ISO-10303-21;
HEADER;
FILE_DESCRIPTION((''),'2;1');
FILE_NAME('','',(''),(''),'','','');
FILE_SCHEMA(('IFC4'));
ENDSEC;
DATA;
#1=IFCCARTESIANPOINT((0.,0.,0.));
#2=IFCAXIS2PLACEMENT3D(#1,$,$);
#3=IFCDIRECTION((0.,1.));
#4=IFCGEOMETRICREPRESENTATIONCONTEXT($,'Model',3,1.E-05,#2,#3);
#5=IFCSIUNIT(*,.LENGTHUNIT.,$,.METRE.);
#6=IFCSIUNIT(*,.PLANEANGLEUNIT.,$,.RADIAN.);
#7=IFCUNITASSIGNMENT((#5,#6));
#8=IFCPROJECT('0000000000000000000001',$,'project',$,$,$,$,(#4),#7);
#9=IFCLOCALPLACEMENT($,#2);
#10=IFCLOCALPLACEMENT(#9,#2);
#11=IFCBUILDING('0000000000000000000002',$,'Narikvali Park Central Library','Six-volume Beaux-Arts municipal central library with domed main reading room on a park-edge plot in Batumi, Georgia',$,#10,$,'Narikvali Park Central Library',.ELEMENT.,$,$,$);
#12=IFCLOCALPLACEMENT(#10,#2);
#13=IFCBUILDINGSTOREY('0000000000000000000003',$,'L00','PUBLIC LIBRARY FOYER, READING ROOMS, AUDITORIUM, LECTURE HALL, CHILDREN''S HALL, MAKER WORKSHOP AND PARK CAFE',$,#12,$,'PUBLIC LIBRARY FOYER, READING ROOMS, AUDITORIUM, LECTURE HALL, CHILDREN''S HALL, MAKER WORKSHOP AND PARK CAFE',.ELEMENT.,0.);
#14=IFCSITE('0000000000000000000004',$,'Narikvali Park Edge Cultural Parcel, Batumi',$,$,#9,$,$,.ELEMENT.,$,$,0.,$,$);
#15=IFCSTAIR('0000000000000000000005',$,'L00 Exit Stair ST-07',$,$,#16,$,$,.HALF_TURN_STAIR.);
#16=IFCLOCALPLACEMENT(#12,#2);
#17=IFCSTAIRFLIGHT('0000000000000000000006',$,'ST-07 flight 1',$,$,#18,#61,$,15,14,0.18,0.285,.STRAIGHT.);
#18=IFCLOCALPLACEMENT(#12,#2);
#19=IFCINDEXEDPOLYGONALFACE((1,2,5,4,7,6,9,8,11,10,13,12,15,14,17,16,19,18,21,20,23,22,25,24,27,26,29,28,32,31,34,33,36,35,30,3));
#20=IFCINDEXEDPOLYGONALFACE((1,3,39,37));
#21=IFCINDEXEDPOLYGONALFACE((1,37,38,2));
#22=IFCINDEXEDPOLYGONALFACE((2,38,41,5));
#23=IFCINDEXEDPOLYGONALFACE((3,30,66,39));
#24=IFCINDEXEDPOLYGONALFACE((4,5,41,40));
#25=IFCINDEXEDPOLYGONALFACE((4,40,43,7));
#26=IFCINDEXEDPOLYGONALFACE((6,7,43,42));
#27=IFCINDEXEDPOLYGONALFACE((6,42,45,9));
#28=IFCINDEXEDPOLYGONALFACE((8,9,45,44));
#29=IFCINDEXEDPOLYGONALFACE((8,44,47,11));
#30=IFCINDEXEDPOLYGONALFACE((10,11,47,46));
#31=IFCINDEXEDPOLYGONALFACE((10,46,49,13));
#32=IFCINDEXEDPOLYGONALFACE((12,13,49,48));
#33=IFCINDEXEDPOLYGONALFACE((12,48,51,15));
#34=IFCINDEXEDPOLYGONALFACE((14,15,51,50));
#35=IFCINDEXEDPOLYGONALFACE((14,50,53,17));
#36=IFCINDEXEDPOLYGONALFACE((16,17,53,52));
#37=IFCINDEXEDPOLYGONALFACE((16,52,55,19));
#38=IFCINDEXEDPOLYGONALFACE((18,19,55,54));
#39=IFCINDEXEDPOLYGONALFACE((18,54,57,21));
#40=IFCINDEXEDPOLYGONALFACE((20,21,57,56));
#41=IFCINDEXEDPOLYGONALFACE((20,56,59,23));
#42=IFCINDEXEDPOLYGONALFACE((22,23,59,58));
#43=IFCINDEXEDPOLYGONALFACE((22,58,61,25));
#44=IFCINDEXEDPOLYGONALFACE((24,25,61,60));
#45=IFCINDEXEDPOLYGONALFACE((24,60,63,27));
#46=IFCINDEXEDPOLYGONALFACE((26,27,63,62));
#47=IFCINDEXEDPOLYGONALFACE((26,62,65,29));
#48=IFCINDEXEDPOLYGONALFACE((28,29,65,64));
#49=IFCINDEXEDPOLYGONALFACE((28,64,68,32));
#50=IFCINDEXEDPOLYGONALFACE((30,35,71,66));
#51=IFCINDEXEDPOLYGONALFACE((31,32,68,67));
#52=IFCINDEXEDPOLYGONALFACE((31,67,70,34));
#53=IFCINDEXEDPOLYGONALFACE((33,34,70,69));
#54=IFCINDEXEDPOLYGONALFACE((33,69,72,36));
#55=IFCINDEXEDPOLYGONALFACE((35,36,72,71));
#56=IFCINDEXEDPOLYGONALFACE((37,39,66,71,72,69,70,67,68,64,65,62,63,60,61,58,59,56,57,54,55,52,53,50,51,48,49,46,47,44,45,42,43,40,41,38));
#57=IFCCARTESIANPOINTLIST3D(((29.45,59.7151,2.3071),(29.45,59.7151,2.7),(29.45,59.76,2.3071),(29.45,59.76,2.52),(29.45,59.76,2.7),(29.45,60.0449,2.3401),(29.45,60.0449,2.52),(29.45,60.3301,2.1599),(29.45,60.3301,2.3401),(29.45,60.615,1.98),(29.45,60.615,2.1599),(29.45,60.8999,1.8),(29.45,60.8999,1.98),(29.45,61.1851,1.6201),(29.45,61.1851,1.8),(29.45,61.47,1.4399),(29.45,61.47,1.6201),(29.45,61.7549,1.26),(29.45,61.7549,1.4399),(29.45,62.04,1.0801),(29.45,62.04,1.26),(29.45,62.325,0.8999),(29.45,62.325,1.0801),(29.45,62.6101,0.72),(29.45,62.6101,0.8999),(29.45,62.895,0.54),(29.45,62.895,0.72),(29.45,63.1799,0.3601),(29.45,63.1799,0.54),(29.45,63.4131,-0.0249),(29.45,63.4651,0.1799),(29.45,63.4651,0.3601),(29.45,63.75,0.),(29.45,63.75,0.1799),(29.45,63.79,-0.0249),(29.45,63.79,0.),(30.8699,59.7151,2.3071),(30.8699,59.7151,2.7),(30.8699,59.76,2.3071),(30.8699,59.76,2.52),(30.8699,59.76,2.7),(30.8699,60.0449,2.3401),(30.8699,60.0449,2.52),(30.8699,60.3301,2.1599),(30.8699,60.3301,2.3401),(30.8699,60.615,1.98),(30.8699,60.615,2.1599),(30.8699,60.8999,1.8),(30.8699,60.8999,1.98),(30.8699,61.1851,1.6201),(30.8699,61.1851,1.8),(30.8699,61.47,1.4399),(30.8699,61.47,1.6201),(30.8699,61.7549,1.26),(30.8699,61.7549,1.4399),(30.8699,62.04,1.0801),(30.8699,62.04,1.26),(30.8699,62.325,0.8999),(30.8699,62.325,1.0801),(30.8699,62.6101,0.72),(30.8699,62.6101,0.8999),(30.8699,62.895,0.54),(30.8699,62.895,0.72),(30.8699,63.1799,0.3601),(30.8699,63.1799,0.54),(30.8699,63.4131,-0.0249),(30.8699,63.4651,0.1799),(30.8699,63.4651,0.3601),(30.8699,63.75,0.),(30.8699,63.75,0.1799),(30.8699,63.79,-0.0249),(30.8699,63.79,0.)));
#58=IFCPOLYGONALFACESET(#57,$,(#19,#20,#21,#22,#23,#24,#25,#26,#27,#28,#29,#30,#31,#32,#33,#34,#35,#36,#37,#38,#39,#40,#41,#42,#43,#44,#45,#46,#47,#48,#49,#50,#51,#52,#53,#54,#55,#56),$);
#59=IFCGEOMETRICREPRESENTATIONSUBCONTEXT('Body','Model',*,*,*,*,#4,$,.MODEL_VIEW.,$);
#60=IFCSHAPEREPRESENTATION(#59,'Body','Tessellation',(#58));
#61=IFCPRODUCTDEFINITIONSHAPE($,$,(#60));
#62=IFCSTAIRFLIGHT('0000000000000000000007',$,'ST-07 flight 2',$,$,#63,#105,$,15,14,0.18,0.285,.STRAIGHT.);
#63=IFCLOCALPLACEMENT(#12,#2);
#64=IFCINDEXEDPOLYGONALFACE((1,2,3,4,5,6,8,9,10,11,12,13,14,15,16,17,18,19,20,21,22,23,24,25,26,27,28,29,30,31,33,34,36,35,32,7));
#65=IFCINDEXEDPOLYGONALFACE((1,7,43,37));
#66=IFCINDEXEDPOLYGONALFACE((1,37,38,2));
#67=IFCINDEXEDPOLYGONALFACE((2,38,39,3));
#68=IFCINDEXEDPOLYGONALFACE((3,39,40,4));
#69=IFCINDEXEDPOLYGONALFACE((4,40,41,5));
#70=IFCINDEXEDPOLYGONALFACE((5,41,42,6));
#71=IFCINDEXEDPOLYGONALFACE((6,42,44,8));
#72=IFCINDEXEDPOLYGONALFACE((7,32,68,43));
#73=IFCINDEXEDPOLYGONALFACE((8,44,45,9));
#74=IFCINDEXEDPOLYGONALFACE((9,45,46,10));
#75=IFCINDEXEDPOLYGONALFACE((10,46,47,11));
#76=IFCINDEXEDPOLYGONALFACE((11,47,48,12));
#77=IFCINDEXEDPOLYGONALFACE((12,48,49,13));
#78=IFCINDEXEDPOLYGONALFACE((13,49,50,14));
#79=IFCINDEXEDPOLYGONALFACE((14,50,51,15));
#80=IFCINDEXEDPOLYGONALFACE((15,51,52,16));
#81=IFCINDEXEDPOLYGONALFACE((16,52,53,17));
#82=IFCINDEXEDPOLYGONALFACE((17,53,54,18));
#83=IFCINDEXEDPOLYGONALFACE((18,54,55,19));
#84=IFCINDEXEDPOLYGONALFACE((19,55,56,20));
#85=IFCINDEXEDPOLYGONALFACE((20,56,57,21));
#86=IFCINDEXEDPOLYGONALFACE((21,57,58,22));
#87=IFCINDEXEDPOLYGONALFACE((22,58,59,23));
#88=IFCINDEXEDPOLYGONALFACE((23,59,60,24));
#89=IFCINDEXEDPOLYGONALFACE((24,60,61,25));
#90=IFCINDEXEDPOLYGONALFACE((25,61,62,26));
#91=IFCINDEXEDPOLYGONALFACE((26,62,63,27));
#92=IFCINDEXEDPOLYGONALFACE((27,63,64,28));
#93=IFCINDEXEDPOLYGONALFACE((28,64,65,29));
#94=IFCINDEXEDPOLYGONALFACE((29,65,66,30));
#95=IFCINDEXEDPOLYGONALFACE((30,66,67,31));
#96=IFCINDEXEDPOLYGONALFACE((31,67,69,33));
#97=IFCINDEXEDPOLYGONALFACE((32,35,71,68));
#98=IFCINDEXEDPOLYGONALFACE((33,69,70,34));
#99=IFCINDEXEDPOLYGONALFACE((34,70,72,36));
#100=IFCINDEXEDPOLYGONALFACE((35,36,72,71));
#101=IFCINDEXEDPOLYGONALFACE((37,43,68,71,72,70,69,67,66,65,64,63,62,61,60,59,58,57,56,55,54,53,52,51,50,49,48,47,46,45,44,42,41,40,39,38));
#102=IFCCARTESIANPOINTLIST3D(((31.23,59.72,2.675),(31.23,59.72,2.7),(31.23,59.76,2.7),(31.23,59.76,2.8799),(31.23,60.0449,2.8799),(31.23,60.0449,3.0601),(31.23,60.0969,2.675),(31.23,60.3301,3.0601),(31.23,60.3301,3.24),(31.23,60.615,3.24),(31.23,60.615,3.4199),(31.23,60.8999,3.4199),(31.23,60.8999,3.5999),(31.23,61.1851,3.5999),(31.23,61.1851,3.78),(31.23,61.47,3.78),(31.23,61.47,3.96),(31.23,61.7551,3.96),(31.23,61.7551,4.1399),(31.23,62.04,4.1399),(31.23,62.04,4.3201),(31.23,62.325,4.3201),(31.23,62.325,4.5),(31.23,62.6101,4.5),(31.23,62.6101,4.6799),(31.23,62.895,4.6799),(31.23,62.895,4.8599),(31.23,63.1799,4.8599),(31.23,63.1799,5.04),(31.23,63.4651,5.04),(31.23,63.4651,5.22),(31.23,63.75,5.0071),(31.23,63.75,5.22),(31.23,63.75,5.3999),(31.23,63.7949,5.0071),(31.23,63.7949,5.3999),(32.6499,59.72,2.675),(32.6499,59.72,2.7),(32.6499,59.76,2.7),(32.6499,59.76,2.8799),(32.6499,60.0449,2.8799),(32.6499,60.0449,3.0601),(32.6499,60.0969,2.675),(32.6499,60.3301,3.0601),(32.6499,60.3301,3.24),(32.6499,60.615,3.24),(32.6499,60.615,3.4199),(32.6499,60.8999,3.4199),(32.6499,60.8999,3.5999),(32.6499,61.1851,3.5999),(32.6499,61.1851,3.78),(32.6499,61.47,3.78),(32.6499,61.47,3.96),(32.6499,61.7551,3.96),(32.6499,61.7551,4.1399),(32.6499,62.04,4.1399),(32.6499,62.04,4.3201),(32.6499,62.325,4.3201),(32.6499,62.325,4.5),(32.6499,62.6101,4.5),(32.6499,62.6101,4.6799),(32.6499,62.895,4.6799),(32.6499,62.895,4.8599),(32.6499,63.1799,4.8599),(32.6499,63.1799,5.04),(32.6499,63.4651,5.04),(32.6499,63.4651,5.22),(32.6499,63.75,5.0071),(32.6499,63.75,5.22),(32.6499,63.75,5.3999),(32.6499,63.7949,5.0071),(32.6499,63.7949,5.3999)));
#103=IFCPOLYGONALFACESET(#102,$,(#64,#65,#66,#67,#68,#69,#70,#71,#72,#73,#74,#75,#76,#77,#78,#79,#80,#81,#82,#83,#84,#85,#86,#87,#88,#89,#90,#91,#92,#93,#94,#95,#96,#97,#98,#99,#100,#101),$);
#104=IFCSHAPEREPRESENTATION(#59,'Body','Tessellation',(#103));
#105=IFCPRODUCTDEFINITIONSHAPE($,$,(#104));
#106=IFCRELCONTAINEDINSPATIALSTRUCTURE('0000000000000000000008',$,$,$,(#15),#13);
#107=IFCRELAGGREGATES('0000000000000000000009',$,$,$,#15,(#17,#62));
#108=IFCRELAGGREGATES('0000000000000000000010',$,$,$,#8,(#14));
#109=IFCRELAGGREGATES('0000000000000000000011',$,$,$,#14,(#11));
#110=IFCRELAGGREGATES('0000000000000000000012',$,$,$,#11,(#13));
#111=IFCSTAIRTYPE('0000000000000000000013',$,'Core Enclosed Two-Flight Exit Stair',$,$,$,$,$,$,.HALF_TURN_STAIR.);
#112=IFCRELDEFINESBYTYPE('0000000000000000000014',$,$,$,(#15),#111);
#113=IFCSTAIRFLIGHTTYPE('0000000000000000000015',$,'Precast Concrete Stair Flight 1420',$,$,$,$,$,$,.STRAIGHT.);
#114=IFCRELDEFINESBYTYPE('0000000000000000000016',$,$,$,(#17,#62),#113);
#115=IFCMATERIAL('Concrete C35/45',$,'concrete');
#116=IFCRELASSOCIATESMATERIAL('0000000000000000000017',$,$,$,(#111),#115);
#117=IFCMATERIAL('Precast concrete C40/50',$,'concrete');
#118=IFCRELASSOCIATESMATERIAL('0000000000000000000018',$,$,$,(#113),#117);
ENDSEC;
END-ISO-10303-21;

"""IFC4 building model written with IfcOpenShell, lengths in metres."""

from ifc_helpers import new_model, si_unit, direction, frame, origin, place, context, subcontext, project, spatial, polyline, outline, extrude, material, type_object, element, aggregate, save


model = new_model("IFC4")

# Units and contexts
model_context = context("Model", 3, precision=1e-05, world=origin(), true_north=direction((0.0, 1.0)))
body_context = subcontext(model_context, "Body", "Model", "MODEL_VIEW")
ifc_project = project(units=[si_unit("LENGTHUNIT", "METRE"), si_unit("PLANEANGLEUNIT", "RADIAN")], contexts=[model_context])

# Site, building, storey
site_placement = place(None, origin())
site = spatial("IfcSite", under=ifc_project, at=site_placement, Name="Narikvali Park Edge Cultural Parcel, Batumi", CompositionType="ELEMENT", RefElevation=0.0)
building_placement = place(site_placement, origin())
building = spatial("IfcBuilding", under=site, at=building_placement, Name="Narikvali Park Central Library", Description="Six-volume Beaux-Arts municipal central library with domed main reading room on a park-edge plot in Batumi, Georgia", LongName="Narikvali Park Central Library", CompositionType="ELEMENT")
storey_placement = place(building_placement, origin())
storey = spatial("IfcBuildingStorey", under=building, at=storey_placement, Name="L00", Description="PUBLIC LIBRARY FOYER, READING ROOMS, AUDITORIUM, LECTURE HALL, CHILDREN'S HALL, MAKER WORKSHOP AND PARK CAFE", LongName="PUBLIC LIBRARY FOYER, READING ROOMS, AUDITORIUM, LECTURE HALL, CHILDREN'S HALL, MAKER WORKSHOP AND PARK CAFE", CompositionType="ELEMENT", Elevation=0.0)

# Stair, stair flights
ifc_material_1 = material(Name="Concrete C35/45", Category="concrete")
stair_type = type_object("IfcStairType", Name="Core Enclosed Two-Flight Exit Stair", PredefinedType="HALF_TURN_STAIR", material=ifc_material_1)
stair_placement = place(storey_placement, origin())
stair = element("IfcStair", 1, at=stair_placement, inside=storey, type_object=stair_type, Name="L00 Exit Stair ST-07", PredefinedType="HALF_TURN_STAIR")
ifc_material_2 = material(Name="Precast concrete C40/50", Category="concrete")
stair_flight_type = type_object("IfcStairFlightType", Name="Precast Concrete Stair Flight 1420", PredefinedType="STRAIGHT", material=ifc_material_2)
stair_flight_1_placement = place(storey_placement, frame((30.1599, 63.75, 0.0), z_axis=(0.0, 0.0, 1.0), x_axis=(0.0, -1.0, 0.0)))
stair_flight_1 = element("IfcStairFlight", 2, at=stair_flight_1_placement, type_object=stair_flight_type, Name="ST-07 flight 1", NumberOfRisers=15, NumberOfTreads=14, PredefinedType="STRAIGHT", RiserHeight=0.18, TreadLength=0.285, context=body_context, shape_type="SweptSolid", body=[
    extrude(outline(polyline([(-0.04, -0.0249), (-0.04, 0.0), (0.0, 0.0), (0.0, 0.1799), (0.2849, 0.1799), (0.2849, 0.3601), (0.5701, 0.3601), (0.5701, 0.54), (0.855, 0.54), (0.855, 0.72), (1.1399, 0.72), (1.1399, 0.8999), (1.425, 0.8999), (1.425, 1.0801), (1.71, 1.0801), (1.71, 1.26), (1.9951, 1.26), (1.9951, 1.4399), (2.28, 1.4399), (2.28, 1.6201), (2.5649, 1.6201), (2.5649, 1.8), (2.8501, 1.8), (2.8501, 1.98), (3.135, 1.98), (3.135, 2.1599), (3.4199, 2.1599), (3.4199, 2.3401), (3.7051, 2.3401), (3.7051, 2.52), (3.99, 2.52), (3.99, 2.7), (4.0349, 2.7), (4.0349, 2.3071), (3.99, 2.3071), (0.3369, -0.0249), (-0.04, -0.0249)])), frame((0.0, 0.71, 0.0), z_axis=(0.0, -1.0, 0.0), x_axis=(1.0, 0.0, 0.0)), (0.0, 0.0, 1.0), 1.4199),
])
stair_flight_2_placement = place(storey_placement, frame((31.9399, 59.76, 2.7), z_axis=(0.0, 0.0, 1.0), x_axis=(0.0, 1.0, 0.0)))
stair_flight_2 = element("IfcStairFlight", 3, at=stair_flight_2_placement, type_object=stair_flight_type, Name="ST-07 flight 2", NumberOfRisers=15, NumberOfTreads=14, PredefinedType="STRAIGHT", RiserHeight=0.18, TreadLength=0.285, context=body_context, shape_type="SweptSolid", body=[
    extrude(outline(polyline([(-0.04, -0.0249), (-0.04, 0.0), (0.0, 0.0), (0.0, 0.1799), (0.2849, 0.1799), (0.2849, 0.3601), (0.5701, 0.3601), (0.5701, 0.54), (0.855, 0.54), (0.855, 0.72), (1.1399, 0.72), (1.1399, 0.8999), (1.425, 0.8999), (1.425, 1.0801), (1.71, 1.0801), (1.71, 1.26), (1.9951, 1.26), (1.9951, 1.4399), (2.28, 1.4399), (2.28, 1.6201), (2.5649, 1.6201), (2.5649, 1.8), (2.8501, 1.8), (2.8501, 1.98), (3.135, 1.98), (3.135, 2.1599), (3.4199, 2.1599), (3.4199, 2.3401), (3.7051, 2.3401), (3.7051, 2.52), (3.99, 2.52), (3.99, 2.7), (4.0349, 2.7), (4.0349, 2.3071), (3.99, 2.3071), (0.3369, -0.0249), (-0.04, -0.0249)])), frame((0.0, 0.71, 0.0), z_axis=(0.0, -1.0, 0.0), x_axis=(1.0, 0.0, 0.0)), (0.0, 0.0, 1.0), 1.4199),
])
aggregate(stair, [stair_flight_1, stair_flight_2])

save(model, "model.ifc")
